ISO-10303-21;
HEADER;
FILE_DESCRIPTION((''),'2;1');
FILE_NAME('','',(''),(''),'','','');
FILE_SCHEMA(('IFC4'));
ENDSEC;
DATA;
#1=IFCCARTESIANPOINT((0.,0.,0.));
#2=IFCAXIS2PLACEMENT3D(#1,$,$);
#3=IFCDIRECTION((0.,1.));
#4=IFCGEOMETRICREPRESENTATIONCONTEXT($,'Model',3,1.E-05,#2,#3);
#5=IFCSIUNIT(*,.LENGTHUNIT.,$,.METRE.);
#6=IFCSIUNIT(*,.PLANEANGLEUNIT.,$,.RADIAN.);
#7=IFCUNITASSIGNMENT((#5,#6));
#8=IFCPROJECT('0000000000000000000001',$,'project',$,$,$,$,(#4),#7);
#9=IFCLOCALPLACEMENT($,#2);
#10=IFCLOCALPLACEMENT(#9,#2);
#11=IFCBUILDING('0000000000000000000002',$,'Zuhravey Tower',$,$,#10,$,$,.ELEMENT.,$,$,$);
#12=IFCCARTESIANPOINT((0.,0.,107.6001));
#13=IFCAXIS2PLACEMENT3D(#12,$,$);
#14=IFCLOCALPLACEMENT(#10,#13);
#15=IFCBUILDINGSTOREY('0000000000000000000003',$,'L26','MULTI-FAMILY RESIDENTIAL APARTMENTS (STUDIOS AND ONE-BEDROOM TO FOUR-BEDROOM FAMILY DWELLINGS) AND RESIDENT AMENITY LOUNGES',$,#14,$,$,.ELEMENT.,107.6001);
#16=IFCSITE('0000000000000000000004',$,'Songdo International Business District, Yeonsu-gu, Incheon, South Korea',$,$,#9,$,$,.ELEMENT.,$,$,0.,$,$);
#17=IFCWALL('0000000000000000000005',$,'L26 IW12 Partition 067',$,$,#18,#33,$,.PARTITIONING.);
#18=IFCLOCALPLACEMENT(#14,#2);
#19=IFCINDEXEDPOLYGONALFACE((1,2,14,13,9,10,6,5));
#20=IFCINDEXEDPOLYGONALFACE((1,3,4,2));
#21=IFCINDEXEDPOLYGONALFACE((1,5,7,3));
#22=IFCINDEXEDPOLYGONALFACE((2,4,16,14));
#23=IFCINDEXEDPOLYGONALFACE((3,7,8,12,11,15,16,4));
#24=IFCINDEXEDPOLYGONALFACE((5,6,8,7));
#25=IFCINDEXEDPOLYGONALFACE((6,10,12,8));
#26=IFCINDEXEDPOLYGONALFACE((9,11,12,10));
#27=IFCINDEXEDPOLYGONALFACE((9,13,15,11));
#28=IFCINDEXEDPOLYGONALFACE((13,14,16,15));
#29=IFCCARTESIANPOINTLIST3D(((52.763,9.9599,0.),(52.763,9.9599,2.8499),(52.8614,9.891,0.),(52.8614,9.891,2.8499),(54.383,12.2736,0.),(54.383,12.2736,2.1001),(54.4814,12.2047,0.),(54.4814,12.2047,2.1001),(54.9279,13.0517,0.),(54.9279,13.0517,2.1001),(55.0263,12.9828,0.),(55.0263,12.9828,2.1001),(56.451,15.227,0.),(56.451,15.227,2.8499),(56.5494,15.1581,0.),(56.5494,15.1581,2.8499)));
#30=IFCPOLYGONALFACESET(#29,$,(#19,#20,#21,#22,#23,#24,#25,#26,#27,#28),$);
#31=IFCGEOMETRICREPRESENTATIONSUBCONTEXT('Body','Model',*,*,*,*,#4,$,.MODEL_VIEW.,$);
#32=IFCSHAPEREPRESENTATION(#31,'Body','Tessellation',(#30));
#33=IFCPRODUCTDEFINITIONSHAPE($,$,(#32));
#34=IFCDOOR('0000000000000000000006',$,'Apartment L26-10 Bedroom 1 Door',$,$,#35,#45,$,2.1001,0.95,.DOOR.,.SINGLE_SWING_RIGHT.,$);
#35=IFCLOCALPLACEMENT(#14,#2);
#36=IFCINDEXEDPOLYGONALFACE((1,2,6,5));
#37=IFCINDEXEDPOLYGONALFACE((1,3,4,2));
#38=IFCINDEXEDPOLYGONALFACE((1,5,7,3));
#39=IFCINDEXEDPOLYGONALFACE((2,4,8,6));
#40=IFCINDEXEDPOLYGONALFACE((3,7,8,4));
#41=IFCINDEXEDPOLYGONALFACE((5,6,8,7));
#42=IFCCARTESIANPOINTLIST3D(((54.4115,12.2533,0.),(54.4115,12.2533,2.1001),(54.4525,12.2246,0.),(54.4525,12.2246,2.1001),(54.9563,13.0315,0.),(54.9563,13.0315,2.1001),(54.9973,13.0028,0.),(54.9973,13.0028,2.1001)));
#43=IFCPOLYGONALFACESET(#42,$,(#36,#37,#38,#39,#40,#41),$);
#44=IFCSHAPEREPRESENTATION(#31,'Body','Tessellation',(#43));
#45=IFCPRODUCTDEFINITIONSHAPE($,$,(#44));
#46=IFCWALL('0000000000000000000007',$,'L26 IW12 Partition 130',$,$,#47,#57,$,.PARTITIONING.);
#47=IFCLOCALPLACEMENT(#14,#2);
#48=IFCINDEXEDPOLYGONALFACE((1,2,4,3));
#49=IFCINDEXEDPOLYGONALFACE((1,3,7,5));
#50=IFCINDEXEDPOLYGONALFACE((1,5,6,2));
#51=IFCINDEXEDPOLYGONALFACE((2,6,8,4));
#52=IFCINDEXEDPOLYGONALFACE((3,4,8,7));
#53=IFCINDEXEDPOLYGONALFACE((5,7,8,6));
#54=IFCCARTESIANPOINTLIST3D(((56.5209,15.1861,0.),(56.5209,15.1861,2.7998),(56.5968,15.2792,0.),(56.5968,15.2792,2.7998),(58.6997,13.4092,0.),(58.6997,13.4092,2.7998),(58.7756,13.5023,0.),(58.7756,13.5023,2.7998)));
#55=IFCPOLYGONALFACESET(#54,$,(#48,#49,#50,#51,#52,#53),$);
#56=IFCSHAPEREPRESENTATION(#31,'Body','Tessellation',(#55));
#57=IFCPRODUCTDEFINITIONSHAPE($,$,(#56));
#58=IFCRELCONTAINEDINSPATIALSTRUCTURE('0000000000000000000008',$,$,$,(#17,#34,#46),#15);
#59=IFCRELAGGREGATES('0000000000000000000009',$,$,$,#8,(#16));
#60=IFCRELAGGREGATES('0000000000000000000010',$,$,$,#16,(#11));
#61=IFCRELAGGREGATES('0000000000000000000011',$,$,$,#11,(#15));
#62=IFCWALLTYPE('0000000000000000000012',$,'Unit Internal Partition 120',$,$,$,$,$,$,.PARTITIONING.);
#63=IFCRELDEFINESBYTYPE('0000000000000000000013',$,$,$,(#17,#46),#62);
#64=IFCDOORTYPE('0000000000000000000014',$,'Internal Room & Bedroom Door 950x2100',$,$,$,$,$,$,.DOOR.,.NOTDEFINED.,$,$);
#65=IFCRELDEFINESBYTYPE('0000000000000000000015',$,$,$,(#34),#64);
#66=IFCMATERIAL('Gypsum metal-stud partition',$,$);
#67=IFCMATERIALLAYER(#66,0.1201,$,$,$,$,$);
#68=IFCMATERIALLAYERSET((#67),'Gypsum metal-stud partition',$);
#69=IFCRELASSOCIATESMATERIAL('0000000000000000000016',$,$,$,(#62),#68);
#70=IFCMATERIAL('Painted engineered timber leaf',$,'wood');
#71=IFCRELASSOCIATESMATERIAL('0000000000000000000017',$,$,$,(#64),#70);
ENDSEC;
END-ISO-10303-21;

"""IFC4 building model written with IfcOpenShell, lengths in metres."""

from ifc_helpers import new_model, si_unit, direction, frame, frame_2d, origin, place, context, subcontext, project, spatial, rectangle, extrude, material, layer, layer_set, type_object, element, fill, save


model = new_model("IFC4")

# Units and contexts
model_context = context("Model", 3, precision=1e-05, world=origin(), true_north=direction((0.0, 1.0)))
body_context = subcontext(model_context, "Body", "Model", "MODEL_VIEW")
ifc_project = project(units=[si_unit("LENGTHUNIT", "METRE"), si_unit("PLANEANGLEUNIT", "RADIAN")], contexts=[model_context])

# Site, building, storey
site_placement = place(None, origin())
site = spatial("IfcSite", under=ifc_project, at=site_placement, Name="Songdo International Business District, Yeonsu-gu, Incheon, South Korea", CompositionType="ELEMENT", RefElevation=0.0)
building_placement = place(site_placement, origin())
building = spatial("IfcBuilding", under=site, at=building_placement, Name="Zuhravey Tower", CompositionType="ELEMENT")
storey_placement = place(building_placement, frame((0.0, 0.0, 107.6001)))
storey = spatial("IfcBuildingStorey", under=building, at=storey_placement, Name="L26", Description="MULTI-FAMILY RESIDENTIAL APARTMENTS (STUDIOS AND ONE-BEDROOM TO FOUR-BEDROOM FAMILY DWELLINGS) AND RESIDENT AMENITY LOUNGES", CompositionType="ELEMENT", Elevation=107.6001)

# Shared definitions
ifc_material_1 = material(Name="Gypsum metal-stud partition")
ifc_layer_1 = layer(ifc_material_1, 0.1201)
ifc_layer_set_1 = layer_set([ifc_layer_1], Name="Gypsum metal-stud partition")
wall_type_1 = type_object("IfcWallType", Name="Unit Internal Partition 120", PredefinedType="PARTITIONING", material=ifc_layer_set_1)
ifc_material_2 = material(Name="Painted engineered timber leaf", Category="wood")
door_type_1 = type_object("IfcDoorType", Name="Internal Room & Bedroom Door 950x2100", OperationType="NOTDEFINED", PredefinedType="DOOR", material=ifc_material_2)

# Wall, opening, door
wall_1_placement = place(storey_placement, frame((52.8123, 9.9255, 0.0), z_axis=(0.0, 0.0, 1.0), x_axis=(0.573569, 0.819157, 0.0)))
wall_1 = element("IfcWall", 1, at=wall_1_placement, inside=storey, type_object=wall_type_1, Name="L26 IW12 Partition 067", PredefinedType="PARTITIONING", context=body_context, shape_type="SweptSolid", body=[
    extrude(rectangle(XDim=6.4299, YDim=0.1201, at=frame_2d((3.2148, 0.0))), origin(), (0.0, 0.0, 1.0), 2.8499),
])
opening_1_placement = place(wall_1_placement, frame((2.8242, 0.0, 0.0)))
opening_1 = element("IfcOpeningElement", 2, at=opening_1_placement, cuts=wall_1, PredefinedType="OPENING", context=body_context, shape_type="SweptSolid", body=[
    extrude(rectangle(XDim=0.95, YDim=2.1001, at=frame_2d((0.4751, 1.05))), frame((0.0, 0.072, 0.0), z_axis=(0.0, -1.0, 0.0), x_axis=(1.0, 0.0, 0.0)), (0.0, 0.0, 1.0), 0.144),
])
door_1_placement = place(opening_1_placement, frame((0.95, 0.0, 0.0), z_axis=(0.0, 0.0, 1.0), x_axis=(-1.0, 0.0, 0.0)))
door_1 = element("IfcDoor", 3, at=door_1_placement, inside=storey, type_object=door_type_1, Name="Apartment L26-10 Bedroom 1 Door", OperationType="SINGLE_SWING_RIGHT", OverallHeight=2.1001, OverallWidth=0.95, PredefinedType="DOOR", context=body_context, shape_type="SweptSolid", body=[
    extrude(rectangle(XDim=0.95, YDim=2.1001, at=frame_2d((0.4751, 1.05))), frame((0.0, 0.0249, 0.0), z_axis=(0.0, -1.0, 0.0), x_axis=(1.0, 0.0, 0.0)), (0.0, 0.0, 1.0), 0.05),
])
fill(opening_1, door_1)

# Wall
wall_2_placement = place(storey_placement, frame((56.5588, 15.2327, 0.0), z_axis=(0.0, 0.0, 1.0), x_axis=(0.774955, -0.632017, 0.0)))
element("IfcWall", 4, at=wall_2_placement, inside=storey, type_object=wall_type_1, Name="L26 IW12 Partition 130", PredefinedType="PARTITIONING", context=body_context, shape_type="SweptSolid", body=[
    extrude(rectangle(XDim=2.8115, YDim=0.1201, at=frame_2d((1.4058, 0.0))), origin(), (0.0, 0.0, 1.0), 2.7998),
])

save(model, "model.ifc")
